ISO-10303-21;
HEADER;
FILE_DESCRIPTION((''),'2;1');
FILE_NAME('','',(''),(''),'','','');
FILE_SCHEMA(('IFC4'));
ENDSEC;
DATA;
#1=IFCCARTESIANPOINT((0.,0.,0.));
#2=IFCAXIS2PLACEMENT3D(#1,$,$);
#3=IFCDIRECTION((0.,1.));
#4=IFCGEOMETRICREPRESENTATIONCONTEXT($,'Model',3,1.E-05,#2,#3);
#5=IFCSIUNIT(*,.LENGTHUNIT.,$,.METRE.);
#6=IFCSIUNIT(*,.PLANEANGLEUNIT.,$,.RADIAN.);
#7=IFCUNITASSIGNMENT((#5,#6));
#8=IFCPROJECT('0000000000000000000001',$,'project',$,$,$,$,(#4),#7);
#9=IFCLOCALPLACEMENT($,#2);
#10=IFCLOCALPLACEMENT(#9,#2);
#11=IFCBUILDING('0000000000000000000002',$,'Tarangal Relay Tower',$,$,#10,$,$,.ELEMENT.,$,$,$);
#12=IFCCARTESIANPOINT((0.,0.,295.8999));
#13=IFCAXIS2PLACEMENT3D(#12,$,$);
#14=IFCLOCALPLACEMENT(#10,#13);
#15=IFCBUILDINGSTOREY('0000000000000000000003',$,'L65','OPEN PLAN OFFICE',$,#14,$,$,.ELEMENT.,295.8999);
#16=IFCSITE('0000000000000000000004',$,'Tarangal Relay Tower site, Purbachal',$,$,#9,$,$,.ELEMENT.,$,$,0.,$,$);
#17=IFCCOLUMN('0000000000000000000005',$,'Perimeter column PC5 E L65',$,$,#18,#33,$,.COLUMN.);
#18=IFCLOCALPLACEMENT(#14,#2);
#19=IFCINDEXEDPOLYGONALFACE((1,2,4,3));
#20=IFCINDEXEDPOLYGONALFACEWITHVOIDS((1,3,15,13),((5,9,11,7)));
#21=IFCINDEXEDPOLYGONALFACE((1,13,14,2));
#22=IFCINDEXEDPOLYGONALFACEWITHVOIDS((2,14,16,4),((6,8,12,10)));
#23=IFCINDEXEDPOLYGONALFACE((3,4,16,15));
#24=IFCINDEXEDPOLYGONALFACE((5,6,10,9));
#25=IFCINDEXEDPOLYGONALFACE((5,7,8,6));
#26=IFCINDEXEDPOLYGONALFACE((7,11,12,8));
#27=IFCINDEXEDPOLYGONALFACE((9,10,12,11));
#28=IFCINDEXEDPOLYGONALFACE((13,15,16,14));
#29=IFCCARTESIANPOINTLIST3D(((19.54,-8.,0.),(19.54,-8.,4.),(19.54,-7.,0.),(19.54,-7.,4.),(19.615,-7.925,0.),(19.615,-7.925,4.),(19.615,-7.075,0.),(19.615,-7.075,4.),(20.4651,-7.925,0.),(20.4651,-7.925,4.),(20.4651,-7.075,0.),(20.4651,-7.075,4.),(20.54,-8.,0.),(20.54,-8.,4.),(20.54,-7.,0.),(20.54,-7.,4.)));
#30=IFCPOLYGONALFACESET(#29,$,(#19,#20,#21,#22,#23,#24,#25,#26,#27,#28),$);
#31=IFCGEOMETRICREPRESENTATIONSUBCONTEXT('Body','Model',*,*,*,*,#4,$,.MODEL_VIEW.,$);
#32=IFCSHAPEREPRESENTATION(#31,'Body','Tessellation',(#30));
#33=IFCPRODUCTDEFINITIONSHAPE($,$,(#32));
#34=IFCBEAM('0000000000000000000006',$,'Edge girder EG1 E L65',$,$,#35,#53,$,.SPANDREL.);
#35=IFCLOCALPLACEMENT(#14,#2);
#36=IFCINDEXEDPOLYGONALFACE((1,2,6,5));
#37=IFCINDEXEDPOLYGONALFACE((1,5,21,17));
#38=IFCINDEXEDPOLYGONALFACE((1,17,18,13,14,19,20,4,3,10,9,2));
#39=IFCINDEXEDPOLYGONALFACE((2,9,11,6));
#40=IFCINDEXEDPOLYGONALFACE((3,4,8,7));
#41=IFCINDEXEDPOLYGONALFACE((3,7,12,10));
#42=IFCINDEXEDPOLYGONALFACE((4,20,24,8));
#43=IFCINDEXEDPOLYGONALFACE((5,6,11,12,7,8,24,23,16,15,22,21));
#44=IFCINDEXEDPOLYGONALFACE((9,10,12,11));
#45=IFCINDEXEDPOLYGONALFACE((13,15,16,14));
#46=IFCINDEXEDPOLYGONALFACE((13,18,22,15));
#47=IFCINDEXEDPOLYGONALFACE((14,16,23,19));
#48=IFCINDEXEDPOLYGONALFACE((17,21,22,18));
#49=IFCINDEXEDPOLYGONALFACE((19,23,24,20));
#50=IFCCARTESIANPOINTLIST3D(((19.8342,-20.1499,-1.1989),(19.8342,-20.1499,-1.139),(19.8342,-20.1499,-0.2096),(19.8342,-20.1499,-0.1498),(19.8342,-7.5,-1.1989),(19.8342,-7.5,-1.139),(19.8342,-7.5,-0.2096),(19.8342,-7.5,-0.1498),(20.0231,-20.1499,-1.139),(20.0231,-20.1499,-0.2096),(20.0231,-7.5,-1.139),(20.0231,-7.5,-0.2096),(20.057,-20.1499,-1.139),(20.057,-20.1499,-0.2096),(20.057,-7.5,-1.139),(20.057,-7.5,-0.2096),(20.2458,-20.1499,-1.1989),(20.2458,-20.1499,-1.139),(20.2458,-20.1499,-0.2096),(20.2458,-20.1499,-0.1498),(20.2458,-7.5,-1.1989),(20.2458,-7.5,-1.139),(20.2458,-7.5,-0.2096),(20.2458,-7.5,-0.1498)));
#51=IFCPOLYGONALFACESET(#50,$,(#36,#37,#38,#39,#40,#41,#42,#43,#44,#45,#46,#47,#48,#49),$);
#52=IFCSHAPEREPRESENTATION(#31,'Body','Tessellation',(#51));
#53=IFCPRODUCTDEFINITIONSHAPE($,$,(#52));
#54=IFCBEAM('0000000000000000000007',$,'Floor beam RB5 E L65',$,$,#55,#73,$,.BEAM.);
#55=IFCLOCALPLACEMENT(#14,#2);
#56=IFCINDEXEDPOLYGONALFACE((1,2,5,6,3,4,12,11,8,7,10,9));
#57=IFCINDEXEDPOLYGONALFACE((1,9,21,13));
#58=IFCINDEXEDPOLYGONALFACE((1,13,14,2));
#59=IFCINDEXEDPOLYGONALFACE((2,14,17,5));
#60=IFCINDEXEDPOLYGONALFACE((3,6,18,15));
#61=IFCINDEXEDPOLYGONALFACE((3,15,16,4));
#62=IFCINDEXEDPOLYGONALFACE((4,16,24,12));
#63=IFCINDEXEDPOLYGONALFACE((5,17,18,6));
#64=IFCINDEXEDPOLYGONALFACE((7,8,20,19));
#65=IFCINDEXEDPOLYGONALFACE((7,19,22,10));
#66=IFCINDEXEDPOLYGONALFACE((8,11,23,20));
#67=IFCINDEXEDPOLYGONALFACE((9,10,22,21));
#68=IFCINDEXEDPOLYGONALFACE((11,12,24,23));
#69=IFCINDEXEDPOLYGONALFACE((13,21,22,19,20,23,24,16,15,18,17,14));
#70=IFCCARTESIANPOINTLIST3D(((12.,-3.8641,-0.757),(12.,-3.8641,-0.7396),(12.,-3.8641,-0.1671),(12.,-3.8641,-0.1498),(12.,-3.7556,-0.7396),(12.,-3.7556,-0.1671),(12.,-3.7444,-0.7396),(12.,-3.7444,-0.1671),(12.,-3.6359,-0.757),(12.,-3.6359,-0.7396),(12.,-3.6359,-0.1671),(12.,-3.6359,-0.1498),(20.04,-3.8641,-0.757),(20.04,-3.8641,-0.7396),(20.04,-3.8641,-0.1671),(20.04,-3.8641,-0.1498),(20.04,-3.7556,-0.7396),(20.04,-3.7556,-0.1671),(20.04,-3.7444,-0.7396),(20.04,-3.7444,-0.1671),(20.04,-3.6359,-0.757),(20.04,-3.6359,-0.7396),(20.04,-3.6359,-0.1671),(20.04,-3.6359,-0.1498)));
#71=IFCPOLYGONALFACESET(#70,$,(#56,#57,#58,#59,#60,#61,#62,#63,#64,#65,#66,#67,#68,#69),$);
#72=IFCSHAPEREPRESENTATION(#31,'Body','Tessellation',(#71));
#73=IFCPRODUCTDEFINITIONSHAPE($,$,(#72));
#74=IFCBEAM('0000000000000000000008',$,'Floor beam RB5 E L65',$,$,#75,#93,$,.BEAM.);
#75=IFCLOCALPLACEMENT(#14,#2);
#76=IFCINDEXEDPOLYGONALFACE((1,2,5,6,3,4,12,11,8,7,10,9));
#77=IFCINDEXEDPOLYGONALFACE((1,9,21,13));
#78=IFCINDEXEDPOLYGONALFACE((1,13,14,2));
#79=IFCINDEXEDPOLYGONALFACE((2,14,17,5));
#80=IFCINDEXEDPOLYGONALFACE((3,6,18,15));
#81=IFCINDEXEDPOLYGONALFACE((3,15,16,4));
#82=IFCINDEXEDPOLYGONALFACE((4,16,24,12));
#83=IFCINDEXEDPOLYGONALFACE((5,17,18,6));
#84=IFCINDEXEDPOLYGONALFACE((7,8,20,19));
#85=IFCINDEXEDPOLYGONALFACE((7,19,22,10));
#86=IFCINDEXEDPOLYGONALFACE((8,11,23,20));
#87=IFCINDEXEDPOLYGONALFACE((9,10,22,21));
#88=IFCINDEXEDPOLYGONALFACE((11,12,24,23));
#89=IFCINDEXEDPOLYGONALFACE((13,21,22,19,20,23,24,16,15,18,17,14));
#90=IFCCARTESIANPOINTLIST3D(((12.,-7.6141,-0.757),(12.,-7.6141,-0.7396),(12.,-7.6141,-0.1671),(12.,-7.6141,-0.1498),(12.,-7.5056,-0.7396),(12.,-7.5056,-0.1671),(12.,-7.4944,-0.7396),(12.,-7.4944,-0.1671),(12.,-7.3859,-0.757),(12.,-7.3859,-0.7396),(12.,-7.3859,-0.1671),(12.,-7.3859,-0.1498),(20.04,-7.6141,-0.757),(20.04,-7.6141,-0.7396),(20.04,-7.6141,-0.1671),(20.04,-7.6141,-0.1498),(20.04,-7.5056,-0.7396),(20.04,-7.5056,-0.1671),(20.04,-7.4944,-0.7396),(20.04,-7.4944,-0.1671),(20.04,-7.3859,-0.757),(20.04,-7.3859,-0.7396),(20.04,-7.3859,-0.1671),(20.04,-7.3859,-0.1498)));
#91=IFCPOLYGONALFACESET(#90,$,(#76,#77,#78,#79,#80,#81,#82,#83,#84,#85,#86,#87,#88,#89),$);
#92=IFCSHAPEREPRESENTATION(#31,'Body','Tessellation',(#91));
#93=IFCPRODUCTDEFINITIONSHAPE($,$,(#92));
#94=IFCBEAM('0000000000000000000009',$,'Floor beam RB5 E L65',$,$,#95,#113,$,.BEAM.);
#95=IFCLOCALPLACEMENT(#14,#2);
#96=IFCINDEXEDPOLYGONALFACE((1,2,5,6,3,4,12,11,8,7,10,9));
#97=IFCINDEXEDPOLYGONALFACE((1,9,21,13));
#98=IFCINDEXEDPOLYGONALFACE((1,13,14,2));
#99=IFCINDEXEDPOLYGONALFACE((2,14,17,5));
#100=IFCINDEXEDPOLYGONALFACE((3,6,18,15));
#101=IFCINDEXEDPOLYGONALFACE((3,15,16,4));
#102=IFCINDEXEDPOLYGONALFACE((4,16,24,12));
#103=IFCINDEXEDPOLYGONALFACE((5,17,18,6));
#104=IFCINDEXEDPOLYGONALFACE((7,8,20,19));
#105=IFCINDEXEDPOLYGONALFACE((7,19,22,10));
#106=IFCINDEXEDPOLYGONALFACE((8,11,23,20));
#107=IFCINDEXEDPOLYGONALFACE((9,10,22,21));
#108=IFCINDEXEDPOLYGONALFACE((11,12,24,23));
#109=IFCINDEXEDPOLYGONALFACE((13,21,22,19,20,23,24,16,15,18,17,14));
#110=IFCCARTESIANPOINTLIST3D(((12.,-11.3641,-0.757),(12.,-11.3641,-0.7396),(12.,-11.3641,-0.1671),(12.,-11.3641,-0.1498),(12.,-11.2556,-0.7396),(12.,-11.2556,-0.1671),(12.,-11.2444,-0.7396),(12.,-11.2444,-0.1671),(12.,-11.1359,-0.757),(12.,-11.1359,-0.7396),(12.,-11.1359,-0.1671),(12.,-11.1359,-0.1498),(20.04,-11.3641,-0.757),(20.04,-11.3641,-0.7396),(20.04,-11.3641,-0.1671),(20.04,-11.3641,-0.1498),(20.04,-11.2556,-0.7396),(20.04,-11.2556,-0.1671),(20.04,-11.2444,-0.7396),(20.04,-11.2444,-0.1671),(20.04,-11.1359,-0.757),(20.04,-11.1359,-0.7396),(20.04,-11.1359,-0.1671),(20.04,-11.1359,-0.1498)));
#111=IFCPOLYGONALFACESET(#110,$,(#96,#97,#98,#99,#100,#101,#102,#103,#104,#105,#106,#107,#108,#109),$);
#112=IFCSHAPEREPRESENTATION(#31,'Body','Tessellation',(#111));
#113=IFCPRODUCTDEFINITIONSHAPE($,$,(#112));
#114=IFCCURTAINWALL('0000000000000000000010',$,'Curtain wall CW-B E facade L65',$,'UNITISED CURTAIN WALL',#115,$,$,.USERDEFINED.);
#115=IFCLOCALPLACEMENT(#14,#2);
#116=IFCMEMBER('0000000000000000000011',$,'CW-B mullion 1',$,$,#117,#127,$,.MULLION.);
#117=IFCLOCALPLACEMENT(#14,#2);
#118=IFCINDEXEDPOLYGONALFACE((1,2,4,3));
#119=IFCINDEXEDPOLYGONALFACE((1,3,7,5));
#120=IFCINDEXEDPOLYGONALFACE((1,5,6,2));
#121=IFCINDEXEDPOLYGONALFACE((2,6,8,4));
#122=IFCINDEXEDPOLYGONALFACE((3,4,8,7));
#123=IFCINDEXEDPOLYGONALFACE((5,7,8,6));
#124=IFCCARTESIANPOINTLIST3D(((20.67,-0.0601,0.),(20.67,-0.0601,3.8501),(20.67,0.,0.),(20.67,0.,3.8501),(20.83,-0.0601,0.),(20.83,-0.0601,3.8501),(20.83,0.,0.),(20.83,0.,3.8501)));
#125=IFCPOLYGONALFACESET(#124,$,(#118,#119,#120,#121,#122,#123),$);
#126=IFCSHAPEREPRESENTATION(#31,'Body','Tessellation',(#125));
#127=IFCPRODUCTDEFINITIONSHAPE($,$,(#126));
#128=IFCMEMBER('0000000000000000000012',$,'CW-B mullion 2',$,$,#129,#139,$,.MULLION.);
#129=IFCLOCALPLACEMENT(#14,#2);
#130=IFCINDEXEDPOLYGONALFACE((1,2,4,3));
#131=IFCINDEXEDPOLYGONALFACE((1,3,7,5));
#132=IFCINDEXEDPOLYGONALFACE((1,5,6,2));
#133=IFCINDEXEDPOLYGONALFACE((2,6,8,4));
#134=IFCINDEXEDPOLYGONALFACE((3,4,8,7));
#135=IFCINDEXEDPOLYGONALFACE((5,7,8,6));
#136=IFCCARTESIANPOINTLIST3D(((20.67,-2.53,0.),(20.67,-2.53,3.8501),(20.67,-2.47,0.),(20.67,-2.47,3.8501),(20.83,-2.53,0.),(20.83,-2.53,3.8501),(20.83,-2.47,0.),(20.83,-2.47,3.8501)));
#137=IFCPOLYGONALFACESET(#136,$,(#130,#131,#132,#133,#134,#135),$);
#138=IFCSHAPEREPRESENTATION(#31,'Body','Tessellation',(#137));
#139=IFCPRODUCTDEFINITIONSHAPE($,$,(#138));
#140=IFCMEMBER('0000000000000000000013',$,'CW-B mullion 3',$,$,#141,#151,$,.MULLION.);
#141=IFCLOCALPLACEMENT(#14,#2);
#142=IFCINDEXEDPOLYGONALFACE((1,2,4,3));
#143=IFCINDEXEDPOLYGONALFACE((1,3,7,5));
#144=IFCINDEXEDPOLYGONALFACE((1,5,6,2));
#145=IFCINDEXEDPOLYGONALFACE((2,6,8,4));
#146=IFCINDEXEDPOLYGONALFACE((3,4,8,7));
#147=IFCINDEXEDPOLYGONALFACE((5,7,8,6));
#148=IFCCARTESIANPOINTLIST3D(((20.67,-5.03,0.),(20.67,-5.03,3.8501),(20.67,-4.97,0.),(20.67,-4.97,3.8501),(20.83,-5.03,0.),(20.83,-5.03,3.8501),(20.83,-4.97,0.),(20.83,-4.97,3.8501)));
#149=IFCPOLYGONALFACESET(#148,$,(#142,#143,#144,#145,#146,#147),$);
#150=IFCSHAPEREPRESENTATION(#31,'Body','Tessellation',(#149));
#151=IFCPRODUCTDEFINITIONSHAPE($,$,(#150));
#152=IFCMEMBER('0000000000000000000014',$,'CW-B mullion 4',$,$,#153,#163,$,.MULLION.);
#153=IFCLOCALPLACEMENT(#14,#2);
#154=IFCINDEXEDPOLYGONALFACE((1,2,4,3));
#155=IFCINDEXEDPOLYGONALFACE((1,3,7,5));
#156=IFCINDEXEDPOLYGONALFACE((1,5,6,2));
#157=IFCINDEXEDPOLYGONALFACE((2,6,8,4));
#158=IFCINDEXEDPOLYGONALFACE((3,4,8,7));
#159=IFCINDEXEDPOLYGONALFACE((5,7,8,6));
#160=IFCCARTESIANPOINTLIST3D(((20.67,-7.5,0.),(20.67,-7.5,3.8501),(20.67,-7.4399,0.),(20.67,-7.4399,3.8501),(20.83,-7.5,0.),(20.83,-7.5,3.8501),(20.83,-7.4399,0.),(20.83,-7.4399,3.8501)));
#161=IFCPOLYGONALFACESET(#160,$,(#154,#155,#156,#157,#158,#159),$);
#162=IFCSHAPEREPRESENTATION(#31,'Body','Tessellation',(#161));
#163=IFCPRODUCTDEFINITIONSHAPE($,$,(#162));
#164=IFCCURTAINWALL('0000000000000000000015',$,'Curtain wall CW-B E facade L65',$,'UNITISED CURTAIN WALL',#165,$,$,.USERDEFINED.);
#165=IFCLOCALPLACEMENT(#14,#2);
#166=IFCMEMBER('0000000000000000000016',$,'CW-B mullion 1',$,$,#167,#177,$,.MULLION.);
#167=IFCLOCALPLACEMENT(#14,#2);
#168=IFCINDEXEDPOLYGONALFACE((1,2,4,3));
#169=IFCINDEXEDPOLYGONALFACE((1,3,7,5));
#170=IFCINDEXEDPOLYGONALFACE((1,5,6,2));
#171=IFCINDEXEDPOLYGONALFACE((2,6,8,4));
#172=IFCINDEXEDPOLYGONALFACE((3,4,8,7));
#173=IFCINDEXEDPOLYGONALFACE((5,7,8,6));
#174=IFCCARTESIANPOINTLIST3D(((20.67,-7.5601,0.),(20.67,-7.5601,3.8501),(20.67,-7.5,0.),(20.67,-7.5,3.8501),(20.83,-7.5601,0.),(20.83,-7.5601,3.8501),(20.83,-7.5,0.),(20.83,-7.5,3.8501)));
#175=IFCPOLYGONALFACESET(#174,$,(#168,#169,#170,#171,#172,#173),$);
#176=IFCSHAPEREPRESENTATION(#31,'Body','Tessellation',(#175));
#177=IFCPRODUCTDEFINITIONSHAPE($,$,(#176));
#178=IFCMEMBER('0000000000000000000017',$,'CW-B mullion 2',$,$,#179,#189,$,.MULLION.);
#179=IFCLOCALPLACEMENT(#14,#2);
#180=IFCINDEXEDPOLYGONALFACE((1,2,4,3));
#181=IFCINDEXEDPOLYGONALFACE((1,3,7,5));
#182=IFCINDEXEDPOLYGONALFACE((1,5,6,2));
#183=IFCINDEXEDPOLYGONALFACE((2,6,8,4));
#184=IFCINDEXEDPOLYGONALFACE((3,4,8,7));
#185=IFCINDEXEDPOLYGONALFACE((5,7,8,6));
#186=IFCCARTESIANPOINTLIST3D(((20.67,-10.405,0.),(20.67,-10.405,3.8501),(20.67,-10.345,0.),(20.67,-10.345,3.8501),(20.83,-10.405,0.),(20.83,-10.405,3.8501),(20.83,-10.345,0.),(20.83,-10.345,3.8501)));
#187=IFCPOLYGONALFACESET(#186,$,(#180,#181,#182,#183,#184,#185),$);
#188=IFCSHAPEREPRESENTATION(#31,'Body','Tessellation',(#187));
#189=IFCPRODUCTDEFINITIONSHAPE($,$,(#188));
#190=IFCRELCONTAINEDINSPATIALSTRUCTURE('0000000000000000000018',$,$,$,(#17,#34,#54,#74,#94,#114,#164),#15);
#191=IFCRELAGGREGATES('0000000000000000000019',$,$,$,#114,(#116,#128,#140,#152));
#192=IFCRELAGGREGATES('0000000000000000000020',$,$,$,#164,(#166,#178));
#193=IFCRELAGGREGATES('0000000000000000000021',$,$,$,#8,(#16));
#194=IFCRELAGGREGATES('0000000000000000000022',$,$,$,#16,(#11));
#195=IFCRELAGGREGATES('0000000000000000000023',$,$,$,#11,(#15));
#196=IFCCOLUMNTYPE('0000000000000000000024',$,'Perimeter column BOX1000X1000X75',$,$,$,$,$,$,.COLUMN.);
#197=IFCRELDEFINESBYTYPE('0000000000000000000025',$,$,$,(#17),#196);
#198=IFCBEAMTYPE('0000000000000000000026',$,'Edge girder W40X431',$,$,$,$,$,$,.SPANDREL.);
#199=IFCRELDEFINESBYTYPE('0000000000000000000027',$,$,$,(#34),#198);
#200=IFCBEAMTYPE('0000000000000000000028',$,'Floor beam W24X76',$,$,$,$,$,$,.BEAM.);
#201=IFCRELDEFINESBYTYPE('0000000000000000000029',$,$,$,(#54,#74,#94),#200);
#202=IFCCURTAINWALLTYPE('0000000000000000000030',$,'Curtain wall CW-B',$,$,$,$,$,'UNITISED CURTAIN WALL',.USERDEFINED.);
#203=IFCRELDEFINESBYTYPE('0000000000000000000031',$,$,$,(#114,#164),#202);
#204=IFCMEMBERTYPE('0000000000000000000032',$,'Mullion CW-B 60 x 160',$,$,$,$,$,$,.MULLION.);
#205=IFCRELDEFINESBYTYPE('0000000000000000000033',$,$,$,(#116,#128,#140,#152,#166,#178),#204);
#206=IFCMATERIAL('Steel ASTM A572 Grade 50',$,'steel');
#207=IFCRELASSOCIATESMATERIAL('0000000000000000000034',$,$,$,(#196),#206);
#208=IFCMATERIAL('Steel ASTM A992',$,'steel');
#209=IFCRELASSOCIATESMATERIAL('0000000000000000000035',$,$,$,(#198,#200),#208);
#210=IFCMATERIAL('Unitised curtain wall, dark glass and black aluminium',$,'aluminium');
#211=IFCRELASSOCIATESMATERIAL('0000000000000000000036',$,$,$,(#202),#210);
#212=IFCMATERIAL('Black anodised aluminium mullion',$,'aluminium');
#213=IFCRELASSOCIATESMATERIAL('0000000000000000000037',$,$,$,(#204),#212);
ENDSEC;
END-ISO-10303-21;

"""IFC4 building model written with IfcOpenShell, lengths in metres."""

from ifc_helpers import new_model, si_unit, direction, frame, origin, origin_2d, place, context, subcontext, project, spatial, rectangle, hollow_rectangle, i_section, extrude, material, material_profile, profile_set, type_object, element, aggregate, save


model = new_model("IFC4")

# Units and contexts
model_context = context("Model", 3, precision=1e-05, world=origin(), true_north=direction((0.0, 1.0)))
body_context = subcontext(model_context, "Body", "Model", "MODEL_VIEW")
ifc_project = project(units=[si_unit("LENGTHUNIT", "METRE"), si_unit("PLANEANGLEUNIT", "RADIAN")], contexts=[model_context])

# Site, building, storey
site_placement = place(None, origin())
site = spatial("IfcSite", under=ifc_project, at=site_placement, Name="Tarangal Relay Tower site, Purbachal", CompositionType="ELEMENT", RefElevation=0.0)
building_placement = place(site_placement, origin())
building = spatial("IfcBuilding", under=site, at=building_placement, Name="Tarangal Relay Tower", CompositionType="ELEMENT")
storey_placement = place(building_placement, frame((0.0, 0.0, 295.8999)))
storey = spatial("IfcBuildingStorey", under=building, at=storey_placement, Name="L65", Description="OPEN PLAN OFFICE", CompositionType="ELEMENT", Elevation=295.8999)

# Column
ifc_material_1 = material(Name="Steel ASTM A572 Grade 50", Category="steel")
ifc_material_profile_1 = material_profile(ifc_material_1, hollow_rectangle(XDim=1.0, YDim=1.0, WallThickness=0.075, at=origin_2d()), Name="BOX1000X1000X75")
ifc_profile_set_1 = profile_set([ifc_material_profile_1], Name="Steel ASTM A572 Grade 50")
column_type = type_object("IfcColumnType", Name="Perimeter column BOX1000X1000X75", PredefinedType="COLUMN", material=ifc_profile_set_1)
column_placement = place(storey_placement, frame((20.04, -7.5, 0.0), z_axis=(0.0, 0.0, 1.0), x_axis=(1.0, 0.0, 0.0)))
element("IfcColumn", 1, at=column_placement, inside=storey, type_object=column_type, Name="Perimeter column PC5 E L65", PredefinedType="COLUMN", context=body_context, shape_type="SweptSolid", body=[
    extrude(hollow_rectangle(XDim=1.0, YDim=1.0, WallThickness=0.075, at=origin_2d()), origin(), (0.0, 0.0, 1.0), 4.0),
])

# Beams
ifc_material_2 = material(Name="Steel ASTM A992", Category="steel")
ifc_material_profile_2 = material_profile(ifc_material_2, i_section(OverallWidth=0.4116, OverallDepth=1.0491, WebThickness=0.0339, FlangeThickness=0.0598, at=origin_2d()), Name="W40X431")
ifc_profile_set_2 = profile_set([ifc_material_profile_2], Name="Steel ASTM A992")
beam_type_1 = type_object("IfcBeamType", Name="Edge girder W40X431", PredefinedType="SPANDREL", material=ifc_profile_set_2)
beam_placement = place(storey_placement, frame((20.04, -7.5, -0.6743), z_axis=(0.0, -1.0, 0.0), x_axis=(1.0, 0.0, 0.0)))
element("IfcBeam", 2, at=beam_placement, inside=storey, type_object=beam_type_1, Name="Edge girder EG1 E L65", PredefinedType="SPANDREL", context=body_context, shape_type="SweptSolid", body=[
    extrude(i_section(OverallWidth=0.4116, OverallDepth=1.0491, WebThickness=0.0339, FlangeThickness=0.0598, at=origin_2d()), origin(), (0.0, 0.0, 1.0), 12.6499),
])
ifc_material_profile_3 = material_profile(ifc_material_2, i_section(OverallWidth=0.2283, OverallDepth=0.6072, WebThickness=0.0112, FlangeThickness=0.0173, at=origin_2d()), Name="W24X76")
ifc_profile_set_3 = profile_set([ifc_material_profile_3], Name="Steel ASTM A992")
beam_type_2 = type_object("IfcBeamType", Name="Floor beam W24X76", PredefinedType="BEAM", material=ifc_profile_set_3)
for number, where, z_axis, x_axis, name in (
    (3, (12.0, -3.75, -0.4534), (1.0, 0.0, 0.0), (0.0, 1.0, 0.0), "Floor beam RB5 E L65"),
    (4, (12.0, -7.5, -0.4534), (1.0, 0.0, 0.0), (0.0, 1.0, 0.0), "Floor beam RB5 E L65"),
    (5, (12.0, -11.25, -0.4534), (1.0, 0.0, 0.0), (0.0, 1.0, 0.0), "Floor beam RB5 E L65"),
):
    element("IfcBeam", number, at=place(storey_placement, frame(where, z_axis=z_axis, x_axis=x_axis)), inside=storey, type_object=beam_type_2, Name=name, PredefinedType="BEAM", context=body_context, shape_type="SweptSolid", body=[
        extrude(i_section(OverallWidth=0.2283, OverallDepth=0.6072, WebThickness=0.0112, FlangeThickness=0.0173, at=origin_2d()), origin(), (0.0, 0.0, 1.0), 8.04),
    ])

# Curtain walls, members
ifc_material_3 = material(Name="Unitised curtain wall, dark glass and black aluminium", Category="aluminium")
curtain_wall_type = type_object("IfcCurtainWallType", Name="Curtain wall CW-B", ElementType="UNITISED CURTAIN WALL", PredefinedType="USERDEFINED", material=ifc_material_3)
curtain_wall_1_placement = place(storey_placement, origin())
curtain_wall_1 = element("IfcCurtainWall", 6, at=curtain_wall_1_placement, inside=storey, type_object=curtain_wall_type, Name="Curtain wall CW-B E facade L65", ObjectType="UNITISED CURTAIN WALL", PredefinedType="USERDEFINED")
ifc_material_4 = material(Name="Black anodised aluminium mullion", Category="aluminium")
ifc_material_profile_4 = material_profile(ifc_material_4, rectangle(XDim=0.1599, YDim=0.0601, at=origin_2d()), Name="CW-BM 60X160")
ifc_profile_set_4 = profile_set([ifc_material_profile_4], Name="Black anodised aluminium mullion")
member_type_1 = type_object("IfcMemberType", Name="Mullion CW-B 60 x 160", PredefinedType="MULLION", material=ifc_profile_set_4)
member_1_placement = place(storey_placement, frame((20.75, -0.03, 0.0), z_axis=(0.0, 0.0, 1.0), x_axis=(1.0, 0.0, 0.0)))
member_1 = element("IfcMember", 7, at=member_1_placement, type_object=member_type_1, Name="CW-B mullion 1", PredefinedType="MULLION", context=body_context, shape_type="SweptSolid", body=[
    extrude(rectangle(XDim=0.1599, YDim=0.0601, at=origin_2d()), origin(), (0.0, 0.0, 1.0), 3.8501),
])
member_2_placement = place(storey_placement, frame((20.75, -2.5, 0.0), z_axis=(0.0, 0.0, 1.0), x_axis=(1.0, 0.0, 0.0)))
member_2 = element("IfcMember", 8, at=member_2_placement, type_object=member_type_1, Name="CW-B mullion 2", PredefinedType="MULLION", context=body_context, shape_type="SweptSolid", body=[
    extrude(rectangle(XDim=0.1599, YDim=0.0601, at=origin_2d()), origin(), (0.0, 0.0, 1.0), 3.8501),
])
member_3_placement = place(storey_placement, frame((20.75, -5.0, 0.0), z_axis=(0.0, 0.0, 1.0), x_axis=(1.0, 0.0, 0.0)))
member_3 = element("IfcMember", 9, at=member_3_placement, type_object=member_type_1, Name="CW-B mullion 3", PredefinedType="MULLION", context=body_context, shape_type="SweptSolid", body=[
    extrude(rectangle(XDim=0.1599, YDim=0.0601, at=origin_2d()), origin(), (0.0, 0.0, 1.0), 3.8501),
])
member_4_placement = place(storey_placement, frame((20.75, -7.47, 0.0), z_axis=(0.0, 0.0, 1.0), x_axis=(1.0, 0.0, 0.0)))
member_4 = element("IfcMember", 10, at=member_4_placement, type_object=member_type_1, Name="CW-B mullion 4", PredefinedType="MULLION", context=body_context, shape_type="SweptSolid", body=[
    extrude(rectangle(XDim=0.1599, YDim=0.0601, at=origin_2d()), origin(), (0.0, 0.0, 1.0), 3.8501),
])
curtain_wall_2_placement = place(storey_placement, origin())
curtain_wall_2 = element("IfcCurtainWall", 11, at=curtain_wall_2_placement, inside=storey, type_object=curtain_wall_type, Name="Curtain wall CW-B E facade L65", ObjectType="UNITISED CURTAIN WALL", PredefinedType="USERDEFINED")
member_5_placement = place(storey_placement, frame((20.75, -7.53, 0.0), z_axis=(0.0, 0.0, 1.0), x_axis=(1.0, 0.0, 0.0)))
member_5 = element("IfcMember", 12, at=member_5_placement, type_object=member_type_1, Name="CW-B mullion 1", PredefinedType="MULLION", context=body_context, shape_type="SweptSolid", body=[
    extrude(rectangle(XDim=0.1599, YDim=0.0601, at=origin_2d()), origin(), (0.0, 0.0, 1.0), 3.8501),
])
member_6_placement = place(storey_placement, frame((20.75, -10.375, 0.0), z_axis=(0.0, 0.0, 1.0), x_axis=(1.0, 0.0, 0.0)))
member_6 = element("IfcMember", 13, at=member_6_placement, type_object=member_type_1, Name="CW-B mullion 2", PredefinedType="MULLION", context=body_context, shape_type="SweptSolid", body=[
    extrude(rectangle(XDim=0.1599, YDim=0.0601, at=origin_2d()), origin(), (0.0, 0.0, 1.0), 3.8501),
])

aggregate(curtain_wall_1, [member_1, member_2, member_3, member_4])
aggregate(curtain_wall_2, [member_5, member_6])

save(model, "model.ifc")
